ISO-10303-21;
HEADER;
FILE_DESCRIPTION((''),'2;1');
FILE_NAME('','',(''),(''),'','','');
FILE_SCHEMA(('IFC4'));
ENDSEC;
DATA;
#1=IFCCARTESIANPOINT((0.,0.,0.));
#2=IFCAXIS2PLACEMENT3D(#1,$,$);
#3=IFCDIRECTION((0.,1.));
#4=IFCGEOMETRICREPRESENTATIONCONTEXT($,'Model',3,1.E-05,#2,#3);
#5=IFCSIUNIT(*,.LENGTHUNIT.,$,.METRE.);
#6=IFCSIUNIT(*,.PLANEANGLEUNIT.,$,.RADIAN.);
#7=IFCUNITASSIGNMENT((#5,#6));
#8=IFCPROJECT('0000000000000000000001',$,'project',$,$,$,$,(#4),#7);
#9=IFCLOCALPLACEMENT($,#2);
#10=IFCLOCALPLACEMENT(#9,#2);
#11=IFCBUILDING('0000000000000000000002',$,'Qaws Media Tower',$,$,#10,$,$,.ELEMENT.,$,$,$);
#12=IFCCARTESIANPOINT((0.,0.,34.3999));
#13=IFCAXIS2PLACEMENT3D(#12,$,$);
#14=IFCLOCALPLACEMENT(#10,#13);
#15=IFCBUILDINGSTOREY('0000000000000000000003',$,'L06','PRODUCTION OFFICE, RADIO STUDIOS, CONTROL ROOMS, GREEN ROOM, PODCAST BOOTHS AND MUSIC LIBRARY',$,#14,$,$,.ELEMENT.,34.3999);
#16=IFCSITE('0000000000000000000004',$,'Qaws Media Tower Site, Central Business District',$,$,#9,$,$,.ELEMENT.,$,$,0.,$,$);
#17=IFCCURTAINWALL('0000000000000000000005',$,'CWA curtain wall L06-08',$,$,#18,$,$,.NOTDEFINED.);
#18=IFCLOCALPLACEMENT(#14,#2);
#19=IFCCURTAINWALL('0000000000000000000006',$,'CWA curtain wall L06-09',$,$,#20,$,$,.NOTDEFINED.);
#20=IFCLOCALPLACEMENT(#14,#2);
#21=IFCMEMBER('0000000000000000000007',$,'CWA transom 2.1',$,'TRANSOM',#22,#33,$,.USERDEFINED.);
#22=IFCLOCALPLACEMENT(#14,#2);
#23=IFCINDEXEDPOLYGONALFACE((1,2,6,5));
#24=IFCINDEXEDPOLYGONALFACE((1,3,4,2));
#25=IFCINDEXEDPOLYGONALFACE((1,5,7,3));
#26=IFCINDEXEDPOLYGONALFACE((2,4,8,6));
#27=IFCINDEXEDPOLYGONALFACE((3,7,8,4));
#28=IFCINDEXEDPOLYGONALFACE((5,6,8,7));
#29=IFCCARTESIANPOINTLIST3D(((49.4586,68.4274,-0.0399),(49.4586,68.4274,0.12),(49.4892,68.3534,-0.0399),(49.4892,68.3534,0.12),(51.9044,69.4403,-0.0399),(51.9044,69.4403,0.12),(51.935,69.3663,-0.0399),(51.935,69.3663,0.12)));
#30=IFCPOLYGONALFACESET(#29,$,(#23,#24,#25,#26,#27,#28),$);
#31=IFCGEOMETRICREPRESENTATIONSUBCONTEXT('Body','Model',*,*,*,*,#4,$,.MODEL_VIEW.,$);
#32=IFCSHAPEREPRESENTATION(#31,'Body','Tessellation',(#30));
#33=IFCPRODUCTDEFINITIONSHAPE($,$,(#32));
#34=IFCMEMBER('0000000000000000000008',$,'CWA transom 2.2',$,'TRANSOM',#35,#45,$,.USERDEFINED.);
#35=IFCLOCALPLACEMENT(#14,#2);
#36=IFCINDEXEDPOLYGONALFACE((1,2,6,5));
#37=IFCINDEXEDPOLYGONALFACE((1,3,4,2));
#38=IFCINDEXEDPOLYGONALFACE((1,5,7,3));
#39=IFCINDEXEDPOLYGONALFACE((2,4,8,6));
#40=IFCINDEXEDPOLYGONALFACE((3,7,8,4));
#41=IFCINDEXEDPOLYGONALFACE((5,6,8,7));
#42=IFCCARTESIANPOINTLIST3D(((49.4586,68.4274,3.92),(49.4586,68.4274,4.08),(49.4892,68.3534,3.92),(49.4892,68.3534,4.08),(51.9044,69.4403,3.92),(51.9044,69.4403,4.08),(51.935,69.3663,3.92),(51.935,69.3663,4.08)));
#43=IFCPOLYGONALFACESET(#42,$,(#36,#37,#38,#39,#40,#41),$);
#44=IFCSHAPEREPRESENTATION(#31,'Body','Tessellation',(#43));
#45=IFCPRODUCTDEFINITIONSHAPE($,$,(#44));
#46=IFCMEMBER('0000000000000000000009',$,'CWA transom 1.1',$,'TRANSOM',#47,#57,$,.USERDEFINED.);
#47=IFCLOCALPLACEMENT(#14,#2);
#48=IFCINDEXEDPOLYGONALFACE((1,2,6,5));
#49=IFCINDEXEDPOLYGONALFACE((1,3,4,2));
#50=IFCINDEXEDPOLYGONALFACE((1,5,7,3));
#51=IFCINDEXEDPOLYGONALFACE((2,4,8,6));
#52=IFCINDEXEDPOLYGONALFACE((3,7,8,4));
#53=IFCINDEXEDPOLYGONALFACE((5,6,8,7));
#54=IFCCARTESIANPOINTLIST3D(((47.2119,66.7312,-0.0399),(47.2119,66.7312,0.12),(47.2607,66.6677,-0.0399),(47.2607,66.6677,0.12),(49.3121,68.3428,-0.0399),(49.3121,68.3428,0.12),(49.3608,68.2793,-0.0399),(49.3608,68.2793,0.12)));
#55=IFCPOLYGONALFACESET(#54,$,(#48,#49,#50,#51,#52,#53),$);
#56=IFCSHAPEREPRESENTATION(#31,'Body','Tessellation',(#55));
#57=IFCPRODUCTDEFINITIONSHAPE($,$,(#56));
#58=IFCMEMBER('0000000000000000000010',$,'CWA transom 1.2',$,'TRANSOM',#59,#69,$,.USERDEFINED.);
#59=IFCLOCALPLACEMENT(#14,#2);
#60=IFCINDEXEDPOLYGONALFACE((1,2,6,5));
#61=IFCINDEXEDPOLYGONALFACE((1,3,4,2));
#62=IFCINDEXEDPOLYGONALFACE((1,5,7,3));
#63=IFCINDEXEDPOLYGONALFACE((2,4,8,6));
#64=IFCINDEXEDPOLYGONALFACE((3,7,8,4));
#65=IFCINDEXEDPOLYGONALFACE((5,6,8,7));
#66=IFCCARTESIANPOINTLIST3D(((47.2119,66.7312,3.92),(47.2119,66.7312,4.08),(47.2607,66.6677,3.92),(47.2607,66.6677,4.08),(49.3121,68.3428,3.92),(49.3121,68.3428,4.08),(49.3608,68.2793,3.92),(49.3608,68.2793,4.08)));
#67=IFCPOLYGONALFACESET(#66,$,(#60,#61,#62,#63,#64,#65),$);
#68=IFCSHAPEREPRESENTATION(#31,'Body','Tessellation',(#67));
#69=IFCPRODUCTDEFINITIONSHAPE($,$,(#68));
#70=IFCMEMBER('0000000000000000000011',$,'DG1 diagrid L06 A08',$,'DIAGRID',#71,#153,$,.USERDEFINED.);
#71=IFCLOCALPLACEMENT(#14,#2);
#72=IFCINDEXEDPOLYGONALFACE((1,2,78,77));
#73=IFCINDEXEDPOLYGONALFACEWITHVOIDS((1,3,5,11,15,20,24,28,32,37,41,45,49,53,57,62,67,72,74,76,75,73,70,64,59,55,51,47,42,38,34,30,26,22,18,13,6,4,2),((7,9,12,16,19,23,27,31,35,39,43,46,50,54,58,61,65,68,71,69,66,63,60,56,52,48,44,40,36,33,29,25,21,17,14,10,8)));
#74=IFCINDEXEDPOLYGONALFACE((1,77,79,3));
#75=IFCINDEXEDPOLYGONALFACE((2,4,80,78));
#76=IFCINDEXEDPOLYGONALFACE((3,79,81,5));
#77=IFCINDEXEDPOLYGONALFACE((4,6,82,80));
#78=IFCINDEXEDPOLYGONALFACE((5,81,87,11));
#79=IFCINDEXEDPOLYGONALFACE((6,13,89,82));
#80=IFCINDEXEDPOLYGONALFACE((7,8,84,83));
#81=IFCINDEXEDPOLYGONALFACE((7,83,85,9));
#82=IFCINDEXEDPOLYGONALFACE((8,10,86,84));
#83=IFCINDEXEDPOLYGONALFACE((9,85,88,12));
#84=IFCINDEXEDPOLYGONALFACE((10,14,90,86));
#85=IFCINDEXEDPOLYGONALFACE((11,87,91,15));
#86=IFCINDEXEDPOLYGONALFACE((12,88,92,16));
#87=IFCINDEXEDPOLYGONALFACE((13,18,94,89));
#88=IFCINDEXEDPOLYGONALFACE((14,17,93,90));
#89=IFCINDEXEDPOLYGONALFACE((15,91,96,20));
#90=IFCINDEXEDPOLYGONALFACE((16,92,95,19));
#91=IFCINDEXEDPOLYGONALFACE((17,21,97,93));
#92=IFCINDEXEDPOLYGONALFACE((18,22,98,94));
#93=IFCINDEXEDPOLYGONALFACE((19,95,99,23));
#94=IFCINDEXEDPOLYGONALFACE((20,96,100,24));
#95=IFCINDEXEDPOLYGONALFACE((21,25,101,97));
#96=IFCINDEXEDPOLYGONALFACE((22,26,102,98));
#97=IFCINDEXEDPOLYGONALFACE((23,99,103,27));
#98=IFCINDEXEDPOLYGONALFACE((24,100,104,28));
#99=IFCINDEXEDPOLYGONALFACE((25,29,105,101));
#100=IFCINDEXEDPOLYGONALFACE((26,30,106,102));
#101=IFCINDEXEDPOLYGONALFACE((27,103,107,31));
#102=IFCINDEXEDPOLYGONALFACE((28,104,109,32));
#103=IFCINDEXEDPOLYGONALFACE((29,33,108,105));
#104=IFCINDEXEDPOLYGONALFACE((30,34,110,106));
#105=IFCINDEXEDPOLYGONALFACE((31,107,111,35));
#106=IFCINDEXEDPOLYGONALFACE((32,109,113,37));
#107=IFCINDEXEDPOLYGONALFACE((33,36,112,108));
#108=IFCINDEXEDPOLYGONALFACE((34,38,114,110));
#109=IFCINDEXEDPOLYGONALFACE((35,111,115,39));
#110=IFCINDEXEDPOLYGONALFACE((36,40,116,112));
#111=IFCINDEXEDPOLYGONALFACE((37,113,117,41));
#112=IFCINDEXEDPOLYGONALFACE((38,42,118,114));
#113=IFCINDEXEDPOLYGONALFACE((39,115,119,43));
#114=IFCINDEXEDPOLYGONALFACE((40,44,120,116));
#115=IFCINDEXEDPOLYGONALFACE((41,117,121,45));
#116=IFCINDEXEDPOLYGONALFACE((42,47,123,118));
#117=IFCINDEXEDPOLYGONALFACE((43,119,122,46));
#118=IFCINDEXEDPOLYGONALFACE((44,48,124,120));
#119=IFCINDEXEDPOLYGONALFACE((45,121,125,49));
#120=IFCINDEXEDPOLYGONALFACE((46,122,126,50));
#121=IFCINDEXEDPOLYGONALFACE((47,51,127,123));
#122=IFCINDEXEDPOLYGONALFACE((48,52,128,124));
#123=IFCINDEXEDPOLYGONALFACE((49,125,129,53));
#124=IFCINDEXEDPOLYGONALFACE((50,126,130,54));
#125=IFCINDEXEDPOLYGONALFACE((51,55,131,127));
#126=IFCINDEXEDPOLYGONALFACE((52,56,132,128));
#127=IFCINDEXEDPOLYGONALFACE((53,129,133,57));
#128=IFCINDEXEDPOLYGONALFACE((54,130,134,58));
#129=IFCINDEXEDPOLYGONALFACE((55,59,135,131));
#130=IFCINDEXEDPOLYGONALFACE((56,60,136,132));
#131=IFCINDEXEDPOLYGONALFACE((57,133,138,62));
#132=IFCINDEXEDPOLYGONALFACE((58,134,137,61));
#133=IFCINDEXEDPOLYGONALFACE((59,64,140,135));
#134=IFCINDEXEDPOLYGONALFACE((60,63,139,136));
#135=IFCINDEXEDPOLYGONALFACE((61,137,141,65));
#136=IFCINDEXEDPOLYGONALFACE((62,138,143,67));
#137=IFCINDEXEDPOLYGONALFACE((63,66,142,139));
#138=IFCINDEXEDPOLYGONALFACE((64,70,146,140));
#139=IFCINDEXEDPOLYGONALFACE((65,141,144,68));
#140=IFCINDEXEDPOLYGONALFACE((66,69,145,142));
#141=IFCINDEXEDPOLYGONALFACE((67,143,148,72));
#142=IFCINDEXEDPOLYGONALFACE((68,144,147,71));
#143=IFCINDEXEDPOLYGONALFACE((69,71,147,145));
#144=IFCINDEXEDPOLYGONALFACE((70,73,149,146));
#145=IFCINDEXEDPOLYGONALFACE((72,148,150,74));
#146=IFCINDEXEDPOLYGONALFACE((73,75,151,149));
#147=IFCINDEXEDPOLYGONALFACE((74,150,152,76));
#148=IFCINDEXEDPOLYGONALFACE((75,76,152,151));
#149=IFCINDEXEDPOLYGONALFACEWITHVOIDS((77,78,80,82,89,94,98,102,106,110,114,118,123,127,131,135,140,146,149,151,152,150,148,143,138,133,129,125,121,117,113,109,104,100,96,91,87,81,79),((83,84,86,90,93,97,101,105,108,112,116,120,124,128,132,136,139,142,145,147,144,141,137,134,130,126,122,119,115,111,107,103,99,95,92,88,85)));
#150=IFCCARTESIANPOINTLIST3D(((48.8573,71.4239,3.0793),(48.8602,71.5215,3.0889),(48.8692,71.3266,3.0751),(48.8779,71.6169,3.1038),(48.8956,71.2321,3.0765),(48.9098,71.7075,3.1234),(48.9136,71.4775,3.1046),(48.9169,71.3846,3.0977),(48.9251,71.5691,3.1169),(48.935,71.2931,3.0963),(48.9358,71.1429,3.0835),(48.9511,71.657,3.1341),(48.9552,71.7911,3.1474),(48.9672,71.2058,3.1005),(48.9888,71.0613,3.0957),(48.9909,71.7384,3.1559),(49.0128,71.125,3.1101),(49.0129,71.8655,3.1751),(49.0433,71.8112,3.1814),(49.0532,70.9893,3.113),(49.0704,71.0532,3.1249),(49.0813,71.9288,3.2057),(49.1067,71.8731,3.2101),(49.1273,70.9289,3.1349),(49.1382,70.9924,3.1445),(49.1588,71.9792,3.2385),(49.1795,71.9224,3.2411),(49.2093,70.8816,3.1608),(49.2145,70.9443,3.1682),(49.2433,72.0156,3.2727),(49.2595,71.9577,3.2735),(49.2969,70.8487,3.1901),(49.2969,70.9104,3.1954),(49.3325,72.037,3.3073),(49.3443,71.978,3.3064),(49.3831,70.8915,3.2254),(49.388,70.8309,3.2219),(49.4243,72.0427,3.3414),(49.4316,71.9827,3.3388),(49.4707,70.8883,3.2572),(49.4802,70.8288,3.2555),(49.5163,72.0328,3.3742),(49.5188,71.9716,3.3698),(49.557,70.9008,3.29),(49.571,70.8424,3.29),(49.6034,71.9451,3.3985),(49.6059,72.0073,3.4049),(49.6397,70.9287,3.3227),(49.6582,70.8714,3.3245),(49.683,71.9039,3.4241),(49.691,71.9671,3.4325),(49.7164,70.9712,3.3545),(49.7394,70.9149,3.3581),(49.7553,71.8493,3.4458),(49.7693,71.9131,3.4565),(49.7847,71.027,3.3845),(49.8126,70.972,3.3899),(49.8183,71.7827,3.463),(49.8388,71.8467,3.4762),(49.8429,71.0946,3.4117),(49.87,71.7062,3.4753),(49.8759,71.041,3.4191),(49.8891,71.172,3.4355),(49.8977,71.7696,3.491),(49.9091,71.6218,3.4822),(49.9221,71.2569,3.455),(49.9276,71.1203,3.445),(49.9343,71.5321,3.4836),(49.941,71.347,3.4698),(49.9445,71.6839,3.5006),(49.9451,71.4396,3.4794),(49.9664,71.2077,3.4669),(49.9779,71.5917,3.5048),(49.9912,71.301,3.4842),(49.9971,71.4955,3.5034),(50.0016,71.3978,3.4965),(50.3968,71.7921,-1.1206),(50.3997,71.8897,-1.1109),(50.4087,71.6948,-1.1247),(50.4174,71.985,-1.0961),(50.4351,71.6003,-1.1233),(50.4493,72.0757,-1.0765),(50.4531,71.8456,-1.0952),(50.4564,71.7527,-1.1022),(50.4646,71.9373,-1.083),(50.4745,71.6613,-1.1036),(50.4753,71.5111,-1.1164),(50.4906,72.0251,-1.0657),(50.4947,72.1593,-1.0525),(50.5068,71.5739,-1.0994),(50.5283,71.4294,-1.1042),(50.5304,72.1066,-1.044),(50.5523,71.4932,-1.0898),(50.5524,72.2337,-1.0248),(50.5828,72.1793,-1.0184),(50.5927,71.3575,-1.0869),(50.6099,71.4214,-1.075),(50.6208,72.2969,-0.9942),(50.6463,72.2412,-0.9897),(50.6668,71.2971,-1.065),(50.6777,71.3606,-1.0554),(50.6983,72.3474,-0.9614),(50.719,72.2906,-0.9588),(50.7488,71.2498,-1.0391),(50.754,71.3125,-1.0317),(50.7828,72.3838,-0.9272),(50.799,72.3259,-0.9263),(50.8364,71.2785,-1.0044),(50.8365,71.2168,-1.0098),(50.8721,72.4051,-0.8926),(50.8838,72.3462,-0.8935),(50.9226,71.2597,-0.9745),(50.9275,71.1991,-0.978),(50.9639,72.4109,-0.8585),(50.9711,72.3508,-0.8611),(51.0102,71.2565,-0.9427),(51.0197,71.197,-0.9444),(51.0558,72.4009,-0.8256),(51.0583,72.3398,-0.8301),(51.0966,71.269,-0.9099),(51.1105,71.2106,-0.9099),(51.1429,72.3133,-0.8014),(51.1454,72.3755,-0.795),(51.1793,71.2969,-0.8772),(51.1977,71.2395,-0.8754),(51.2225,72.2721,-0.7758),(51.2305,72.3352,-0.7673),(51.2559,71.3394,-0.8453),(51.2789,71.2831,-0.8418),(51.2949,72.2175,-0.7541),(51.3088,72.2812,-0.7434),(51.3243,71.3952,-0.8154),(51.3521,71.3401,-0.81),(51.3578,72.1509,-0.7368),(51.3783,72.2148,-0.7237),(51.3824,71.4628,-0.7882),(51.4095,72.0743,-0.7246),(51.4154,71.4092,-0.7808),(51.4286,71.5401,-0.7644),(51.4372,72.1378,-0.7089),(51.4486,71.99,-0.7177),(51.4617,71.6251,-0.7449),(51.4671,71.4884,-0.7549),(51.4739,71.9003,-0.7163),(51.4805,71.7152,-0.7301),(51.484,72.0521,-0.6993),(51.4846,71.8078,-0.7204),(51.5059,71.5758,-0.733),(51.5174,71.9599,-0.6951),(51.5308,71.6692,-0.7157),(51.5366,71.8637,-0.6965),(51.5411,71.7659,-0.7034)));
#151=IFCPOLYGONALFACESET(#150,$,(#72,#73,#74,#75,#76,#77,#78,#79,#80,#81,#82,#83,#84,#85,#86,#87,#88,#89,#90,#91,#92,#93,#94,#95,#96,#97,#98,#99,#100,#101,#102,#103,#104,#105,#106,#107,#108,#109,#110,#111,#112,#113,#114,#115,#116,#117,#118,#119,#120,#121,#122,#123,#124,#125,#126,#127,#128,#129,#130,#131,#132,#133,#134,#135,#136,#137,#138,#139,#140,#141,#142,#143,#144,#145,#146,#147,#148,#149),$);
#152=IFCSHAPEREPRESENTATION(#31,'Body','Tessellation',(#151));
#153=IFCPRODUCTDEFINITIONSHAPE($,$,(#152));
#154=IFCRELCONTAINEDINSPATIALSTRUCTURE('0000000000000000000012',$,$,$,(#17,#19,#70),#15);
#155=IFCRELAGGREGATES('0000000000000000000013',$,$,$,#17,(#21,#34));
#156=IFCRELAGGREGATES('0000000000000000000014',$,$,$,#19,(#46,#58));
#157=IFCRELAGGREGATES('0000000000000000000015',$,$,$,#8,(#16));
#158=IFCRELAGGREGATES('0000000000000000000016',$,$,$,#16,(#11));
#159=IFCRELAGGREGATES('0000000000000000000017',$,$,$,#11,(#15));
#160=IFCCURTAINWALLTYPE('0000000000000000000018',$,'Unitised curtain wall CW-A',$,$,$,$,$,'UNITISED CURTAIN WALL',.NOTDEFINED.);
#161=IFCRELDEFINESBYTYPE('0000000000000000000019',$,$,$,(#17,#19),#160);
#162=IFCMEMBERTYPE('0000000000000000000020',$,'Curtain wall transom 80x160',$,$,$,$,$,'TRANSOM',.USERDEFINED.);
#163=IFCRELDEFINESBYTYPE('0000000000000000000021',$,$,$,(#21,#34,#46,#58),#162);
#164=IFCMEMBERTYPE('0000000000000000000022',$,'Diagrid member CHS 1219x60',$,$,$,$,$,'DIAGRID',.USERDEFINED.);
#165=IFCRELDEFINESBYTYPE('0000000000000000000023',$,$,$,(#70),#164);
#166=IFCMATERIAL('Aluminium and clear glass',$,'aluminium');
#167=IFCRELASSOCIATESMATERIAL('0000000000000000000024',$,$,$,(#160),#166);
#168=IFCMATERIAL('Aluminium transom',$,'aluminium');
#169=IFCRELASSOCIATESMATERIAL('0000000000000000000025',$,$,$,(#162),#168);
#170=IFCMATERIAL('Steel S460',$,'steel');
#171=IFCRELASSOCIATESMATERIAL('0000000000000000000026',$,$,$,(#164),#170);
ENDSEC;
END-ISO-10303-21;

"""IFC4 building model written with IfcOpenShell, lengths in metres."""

from ifc_helpers import new_model, si_unit, direction, frame, origin, origin_2d, place, context, subcontext, project, spatial, rectangle, hollow_circle, extrude, material, material_profile, profile_set, type_object, element, aggregate, save


model = new_model("IFC4")

# Units and contexts
model_context = context("Model", 3, precision=1e-05, world=origin(), true_north=direction((0.0, 1.0)))
body_context = subcontext(model_context, "Body", "Model", "MODEL_VIEW")
ifc_project = project(units=[si_unit("LENGTHUNIT", "METRE"), si_unit("PLANEANGLEUNIT", "RADIAN")], contexts=[model_context])

# Site, building, storey
site_placement = place(None, origin())
site = spatial("IfcSite", under=ifc_project, at=site_placement, Name="Qaws Media Tower Site, Central Business District", CompositionType="ELEMENT", RefElevation=0.0)
building_placement = place(site_placement, origin())
building = spatial("IfcBuilding", under=site, at=building_placement, Name="Qaws Media Tower", CompositionType="ELEMENT")
storey_placement = place(building_placement, frame((0.0, 0.0, 34.3999)))
storey = spatial("IfcBuildingStorey", under=building, at=storey_placement, Name="L06", Description="PRODUCTION OFFICE, RADIO STUDIOS, CONTROL ROOMS, GREEN ROOM, PODCAST BOOTHS AND MUSIC LIBRARY", CompositionType="ELEMENT", Elevation=34.3999)

# Curtain walls
ifc_material_1 = material(Name="Aluminium and clear glass", Category="aluminium")
curtain_wall_type = type_object("IfcCurtainWallType", Name="Unitised curtain wall CW-A", ElementType="UNITISED CURTAIN WALL", PredefinedType="NOTDEFINED", material=ifc_material_1)
curtain_wall_1_placement = place(storey_placement, origin())
curtain_wall_1 = element("IfcCurtainWall", 1, at=curtain_wall_1_placement, inside=storey, type_object=curtain_wall_type, Name="CWA curtain wall L06-08", PredefinedType="NOTDEFINED")
curtain_wall_2_placement = place(storey_placement, origin())
curtain_wall_2 = element("IfcCurtainWall", 2, at=curtain_wall_2_placement, inside=storey, type_object=curtain_wall_type, Name="CWA curtain wall L06-09", PredefinedType="NOTDEFINED")

# Members
ifc_material_2 = material(Name="Aluminium transom", Category="aluminium")
ifc_material_profile_1 = material_profile(ifc_material_2, rectangle(XDim=0.0801, YDim=0.1599, at=origin_2d()), Name="80x160")
ifc_profile_set_1 = profile_set([ifc_material_profile_1], Name="Aluminium transom")
member_type_1 = type_object("IfcMemberType", Name="Curtain wall transom 80x160", ElementType="TRANSOM", PredefinedType="USERDEFINED", material=ifc_profile_set_1)
member_1_placement = place(storey_placement, frame((51.9197, 69.4033, 0.04), z_axis=(-0.923899, -0.382637, 0.0), x_axis=(0.382637, -0.923899, 0.0)))
member_1 = element("IfcMember", 3, at=member_1_placement, type_object=member_type_1, Name="CWA transom 2.1", ObjectType="TRANSOM", PredefinedType="USERDEFINED", context=body_context, shape_type="SweptSolid", body=[
    extrude(rectangle(XDim=0.0801, YDim=0.1599, at=origin_2d()), origin(), (0.0, 0.0, 1.0), 2.6472),
])
member_2_placement = place(storey_placement, frame((51.9197, 69.4033, 4.0), z_axis=(-0.923899, -0.382637, 0.0), x_axis=(0.382637, -0.923899, 0.0)))
member_2 = element("IfcMember", 4, at=member_2_placement, type_object=member_type_1, Name="CWA transom 2.2", ObjectType="TRANSOM", PredefinedType="USERDEFINED", context=body_context, shape_type="SweptSolid", body=[
    extrude(rectangle(XDim=0.0801, YDim=0.1599, at=origin_2d()), origin(), (0.0, 0.0, 1.0), 2.6472),
])
member_3_placement = place(storey_placement, frame((49.3364, 68.311, 0.04), z_axis=(-0.793333, -0.608788, 0.0), x_axis=(0.608788, -0.793333, 0.0)))
member_3 = element("IfcMember", 5, at=member_3_placement, type_object=member_type_1, Name="CWA transom 1.1", ObjectType="TRANSOM", PredefinedType="USERDEFINED", context=body_context, shape_type="SweptSolid", body=[
    extrude(rectangle(XDim=0.0801, YDim=0.1599, at=origin_2d()), origin(), (0.0, 0.0, 1.0), 2.6472),
])
member_4_placement = place(storey_placement, frame((49.3364, 68.311, 4.0), z_axis=(-0.793333, -0.608788, 0.0), x_axis=(0.608788, -0.793333, 0.0)))
member_4 = element("IfcMember", 6, at=member_4_placement, type_object=member_type_1, Name="CWA transom 1.2", ObjectType="TRANSOM", PredefinedType="USERDEFINED", context=body_context, shape_type="SweptSolid", body=[
    extrude(rectangle(XDim=0.0801, YDim=0.1599, at=origin_2d()), origin(), (0.0, 0.0, 1.0), 2.6472),
])

# Member
ifc_material_3 = material(Name="Steel S460", Category="steel")
ifc_material_profile_2 = material_profile(ifc_material_3, hollow_circle(Radius=0.6096, WallThickness=0.0601, at=origin_2d()), Name="CHS 1219x60")
ifc_profile_set_2 = profile_set([ifc_material_profile_2], Name="Steel S460")
member_type_2 = type_object("IfcMemberType", Name="Diagrid member CHS 1219x60", ElementType="DIAGRID", PredefinedType="USERDEFINED", material=ifc_profile_set_2)
for number, where, z_axis, x_axis, name in (
    (7, (50.9688, 71.8035, -0.9099), (-0.34301, -0.082026, 0.935744), (0.23258, -0.972577, 0.0), "DG1 diagrid L06 A08"),
):
    element("IfcMember", number, at=place(storey_placement, frame(where, z_axis=z_axis, x_axis=x_axis)), inside=storey, type_object=member_type_2, Name=name, ObjectType="DIAGRID", PredefinedType="USERDEFINED", context=body_context, shape_type="SweptSolid", body=[
        extrude(hollow_circle(Radius=0.6096, WallThickness=0.0601, at=origin_2d()), origin(), (0.0, 0.0, 1.0), 4.4883),
    ])

aggregate(curtain_wall_1, [member_1, member_2])
aggregate(curtain_wall_2, [member_3, member_4])

save(model, "model.ifc")
